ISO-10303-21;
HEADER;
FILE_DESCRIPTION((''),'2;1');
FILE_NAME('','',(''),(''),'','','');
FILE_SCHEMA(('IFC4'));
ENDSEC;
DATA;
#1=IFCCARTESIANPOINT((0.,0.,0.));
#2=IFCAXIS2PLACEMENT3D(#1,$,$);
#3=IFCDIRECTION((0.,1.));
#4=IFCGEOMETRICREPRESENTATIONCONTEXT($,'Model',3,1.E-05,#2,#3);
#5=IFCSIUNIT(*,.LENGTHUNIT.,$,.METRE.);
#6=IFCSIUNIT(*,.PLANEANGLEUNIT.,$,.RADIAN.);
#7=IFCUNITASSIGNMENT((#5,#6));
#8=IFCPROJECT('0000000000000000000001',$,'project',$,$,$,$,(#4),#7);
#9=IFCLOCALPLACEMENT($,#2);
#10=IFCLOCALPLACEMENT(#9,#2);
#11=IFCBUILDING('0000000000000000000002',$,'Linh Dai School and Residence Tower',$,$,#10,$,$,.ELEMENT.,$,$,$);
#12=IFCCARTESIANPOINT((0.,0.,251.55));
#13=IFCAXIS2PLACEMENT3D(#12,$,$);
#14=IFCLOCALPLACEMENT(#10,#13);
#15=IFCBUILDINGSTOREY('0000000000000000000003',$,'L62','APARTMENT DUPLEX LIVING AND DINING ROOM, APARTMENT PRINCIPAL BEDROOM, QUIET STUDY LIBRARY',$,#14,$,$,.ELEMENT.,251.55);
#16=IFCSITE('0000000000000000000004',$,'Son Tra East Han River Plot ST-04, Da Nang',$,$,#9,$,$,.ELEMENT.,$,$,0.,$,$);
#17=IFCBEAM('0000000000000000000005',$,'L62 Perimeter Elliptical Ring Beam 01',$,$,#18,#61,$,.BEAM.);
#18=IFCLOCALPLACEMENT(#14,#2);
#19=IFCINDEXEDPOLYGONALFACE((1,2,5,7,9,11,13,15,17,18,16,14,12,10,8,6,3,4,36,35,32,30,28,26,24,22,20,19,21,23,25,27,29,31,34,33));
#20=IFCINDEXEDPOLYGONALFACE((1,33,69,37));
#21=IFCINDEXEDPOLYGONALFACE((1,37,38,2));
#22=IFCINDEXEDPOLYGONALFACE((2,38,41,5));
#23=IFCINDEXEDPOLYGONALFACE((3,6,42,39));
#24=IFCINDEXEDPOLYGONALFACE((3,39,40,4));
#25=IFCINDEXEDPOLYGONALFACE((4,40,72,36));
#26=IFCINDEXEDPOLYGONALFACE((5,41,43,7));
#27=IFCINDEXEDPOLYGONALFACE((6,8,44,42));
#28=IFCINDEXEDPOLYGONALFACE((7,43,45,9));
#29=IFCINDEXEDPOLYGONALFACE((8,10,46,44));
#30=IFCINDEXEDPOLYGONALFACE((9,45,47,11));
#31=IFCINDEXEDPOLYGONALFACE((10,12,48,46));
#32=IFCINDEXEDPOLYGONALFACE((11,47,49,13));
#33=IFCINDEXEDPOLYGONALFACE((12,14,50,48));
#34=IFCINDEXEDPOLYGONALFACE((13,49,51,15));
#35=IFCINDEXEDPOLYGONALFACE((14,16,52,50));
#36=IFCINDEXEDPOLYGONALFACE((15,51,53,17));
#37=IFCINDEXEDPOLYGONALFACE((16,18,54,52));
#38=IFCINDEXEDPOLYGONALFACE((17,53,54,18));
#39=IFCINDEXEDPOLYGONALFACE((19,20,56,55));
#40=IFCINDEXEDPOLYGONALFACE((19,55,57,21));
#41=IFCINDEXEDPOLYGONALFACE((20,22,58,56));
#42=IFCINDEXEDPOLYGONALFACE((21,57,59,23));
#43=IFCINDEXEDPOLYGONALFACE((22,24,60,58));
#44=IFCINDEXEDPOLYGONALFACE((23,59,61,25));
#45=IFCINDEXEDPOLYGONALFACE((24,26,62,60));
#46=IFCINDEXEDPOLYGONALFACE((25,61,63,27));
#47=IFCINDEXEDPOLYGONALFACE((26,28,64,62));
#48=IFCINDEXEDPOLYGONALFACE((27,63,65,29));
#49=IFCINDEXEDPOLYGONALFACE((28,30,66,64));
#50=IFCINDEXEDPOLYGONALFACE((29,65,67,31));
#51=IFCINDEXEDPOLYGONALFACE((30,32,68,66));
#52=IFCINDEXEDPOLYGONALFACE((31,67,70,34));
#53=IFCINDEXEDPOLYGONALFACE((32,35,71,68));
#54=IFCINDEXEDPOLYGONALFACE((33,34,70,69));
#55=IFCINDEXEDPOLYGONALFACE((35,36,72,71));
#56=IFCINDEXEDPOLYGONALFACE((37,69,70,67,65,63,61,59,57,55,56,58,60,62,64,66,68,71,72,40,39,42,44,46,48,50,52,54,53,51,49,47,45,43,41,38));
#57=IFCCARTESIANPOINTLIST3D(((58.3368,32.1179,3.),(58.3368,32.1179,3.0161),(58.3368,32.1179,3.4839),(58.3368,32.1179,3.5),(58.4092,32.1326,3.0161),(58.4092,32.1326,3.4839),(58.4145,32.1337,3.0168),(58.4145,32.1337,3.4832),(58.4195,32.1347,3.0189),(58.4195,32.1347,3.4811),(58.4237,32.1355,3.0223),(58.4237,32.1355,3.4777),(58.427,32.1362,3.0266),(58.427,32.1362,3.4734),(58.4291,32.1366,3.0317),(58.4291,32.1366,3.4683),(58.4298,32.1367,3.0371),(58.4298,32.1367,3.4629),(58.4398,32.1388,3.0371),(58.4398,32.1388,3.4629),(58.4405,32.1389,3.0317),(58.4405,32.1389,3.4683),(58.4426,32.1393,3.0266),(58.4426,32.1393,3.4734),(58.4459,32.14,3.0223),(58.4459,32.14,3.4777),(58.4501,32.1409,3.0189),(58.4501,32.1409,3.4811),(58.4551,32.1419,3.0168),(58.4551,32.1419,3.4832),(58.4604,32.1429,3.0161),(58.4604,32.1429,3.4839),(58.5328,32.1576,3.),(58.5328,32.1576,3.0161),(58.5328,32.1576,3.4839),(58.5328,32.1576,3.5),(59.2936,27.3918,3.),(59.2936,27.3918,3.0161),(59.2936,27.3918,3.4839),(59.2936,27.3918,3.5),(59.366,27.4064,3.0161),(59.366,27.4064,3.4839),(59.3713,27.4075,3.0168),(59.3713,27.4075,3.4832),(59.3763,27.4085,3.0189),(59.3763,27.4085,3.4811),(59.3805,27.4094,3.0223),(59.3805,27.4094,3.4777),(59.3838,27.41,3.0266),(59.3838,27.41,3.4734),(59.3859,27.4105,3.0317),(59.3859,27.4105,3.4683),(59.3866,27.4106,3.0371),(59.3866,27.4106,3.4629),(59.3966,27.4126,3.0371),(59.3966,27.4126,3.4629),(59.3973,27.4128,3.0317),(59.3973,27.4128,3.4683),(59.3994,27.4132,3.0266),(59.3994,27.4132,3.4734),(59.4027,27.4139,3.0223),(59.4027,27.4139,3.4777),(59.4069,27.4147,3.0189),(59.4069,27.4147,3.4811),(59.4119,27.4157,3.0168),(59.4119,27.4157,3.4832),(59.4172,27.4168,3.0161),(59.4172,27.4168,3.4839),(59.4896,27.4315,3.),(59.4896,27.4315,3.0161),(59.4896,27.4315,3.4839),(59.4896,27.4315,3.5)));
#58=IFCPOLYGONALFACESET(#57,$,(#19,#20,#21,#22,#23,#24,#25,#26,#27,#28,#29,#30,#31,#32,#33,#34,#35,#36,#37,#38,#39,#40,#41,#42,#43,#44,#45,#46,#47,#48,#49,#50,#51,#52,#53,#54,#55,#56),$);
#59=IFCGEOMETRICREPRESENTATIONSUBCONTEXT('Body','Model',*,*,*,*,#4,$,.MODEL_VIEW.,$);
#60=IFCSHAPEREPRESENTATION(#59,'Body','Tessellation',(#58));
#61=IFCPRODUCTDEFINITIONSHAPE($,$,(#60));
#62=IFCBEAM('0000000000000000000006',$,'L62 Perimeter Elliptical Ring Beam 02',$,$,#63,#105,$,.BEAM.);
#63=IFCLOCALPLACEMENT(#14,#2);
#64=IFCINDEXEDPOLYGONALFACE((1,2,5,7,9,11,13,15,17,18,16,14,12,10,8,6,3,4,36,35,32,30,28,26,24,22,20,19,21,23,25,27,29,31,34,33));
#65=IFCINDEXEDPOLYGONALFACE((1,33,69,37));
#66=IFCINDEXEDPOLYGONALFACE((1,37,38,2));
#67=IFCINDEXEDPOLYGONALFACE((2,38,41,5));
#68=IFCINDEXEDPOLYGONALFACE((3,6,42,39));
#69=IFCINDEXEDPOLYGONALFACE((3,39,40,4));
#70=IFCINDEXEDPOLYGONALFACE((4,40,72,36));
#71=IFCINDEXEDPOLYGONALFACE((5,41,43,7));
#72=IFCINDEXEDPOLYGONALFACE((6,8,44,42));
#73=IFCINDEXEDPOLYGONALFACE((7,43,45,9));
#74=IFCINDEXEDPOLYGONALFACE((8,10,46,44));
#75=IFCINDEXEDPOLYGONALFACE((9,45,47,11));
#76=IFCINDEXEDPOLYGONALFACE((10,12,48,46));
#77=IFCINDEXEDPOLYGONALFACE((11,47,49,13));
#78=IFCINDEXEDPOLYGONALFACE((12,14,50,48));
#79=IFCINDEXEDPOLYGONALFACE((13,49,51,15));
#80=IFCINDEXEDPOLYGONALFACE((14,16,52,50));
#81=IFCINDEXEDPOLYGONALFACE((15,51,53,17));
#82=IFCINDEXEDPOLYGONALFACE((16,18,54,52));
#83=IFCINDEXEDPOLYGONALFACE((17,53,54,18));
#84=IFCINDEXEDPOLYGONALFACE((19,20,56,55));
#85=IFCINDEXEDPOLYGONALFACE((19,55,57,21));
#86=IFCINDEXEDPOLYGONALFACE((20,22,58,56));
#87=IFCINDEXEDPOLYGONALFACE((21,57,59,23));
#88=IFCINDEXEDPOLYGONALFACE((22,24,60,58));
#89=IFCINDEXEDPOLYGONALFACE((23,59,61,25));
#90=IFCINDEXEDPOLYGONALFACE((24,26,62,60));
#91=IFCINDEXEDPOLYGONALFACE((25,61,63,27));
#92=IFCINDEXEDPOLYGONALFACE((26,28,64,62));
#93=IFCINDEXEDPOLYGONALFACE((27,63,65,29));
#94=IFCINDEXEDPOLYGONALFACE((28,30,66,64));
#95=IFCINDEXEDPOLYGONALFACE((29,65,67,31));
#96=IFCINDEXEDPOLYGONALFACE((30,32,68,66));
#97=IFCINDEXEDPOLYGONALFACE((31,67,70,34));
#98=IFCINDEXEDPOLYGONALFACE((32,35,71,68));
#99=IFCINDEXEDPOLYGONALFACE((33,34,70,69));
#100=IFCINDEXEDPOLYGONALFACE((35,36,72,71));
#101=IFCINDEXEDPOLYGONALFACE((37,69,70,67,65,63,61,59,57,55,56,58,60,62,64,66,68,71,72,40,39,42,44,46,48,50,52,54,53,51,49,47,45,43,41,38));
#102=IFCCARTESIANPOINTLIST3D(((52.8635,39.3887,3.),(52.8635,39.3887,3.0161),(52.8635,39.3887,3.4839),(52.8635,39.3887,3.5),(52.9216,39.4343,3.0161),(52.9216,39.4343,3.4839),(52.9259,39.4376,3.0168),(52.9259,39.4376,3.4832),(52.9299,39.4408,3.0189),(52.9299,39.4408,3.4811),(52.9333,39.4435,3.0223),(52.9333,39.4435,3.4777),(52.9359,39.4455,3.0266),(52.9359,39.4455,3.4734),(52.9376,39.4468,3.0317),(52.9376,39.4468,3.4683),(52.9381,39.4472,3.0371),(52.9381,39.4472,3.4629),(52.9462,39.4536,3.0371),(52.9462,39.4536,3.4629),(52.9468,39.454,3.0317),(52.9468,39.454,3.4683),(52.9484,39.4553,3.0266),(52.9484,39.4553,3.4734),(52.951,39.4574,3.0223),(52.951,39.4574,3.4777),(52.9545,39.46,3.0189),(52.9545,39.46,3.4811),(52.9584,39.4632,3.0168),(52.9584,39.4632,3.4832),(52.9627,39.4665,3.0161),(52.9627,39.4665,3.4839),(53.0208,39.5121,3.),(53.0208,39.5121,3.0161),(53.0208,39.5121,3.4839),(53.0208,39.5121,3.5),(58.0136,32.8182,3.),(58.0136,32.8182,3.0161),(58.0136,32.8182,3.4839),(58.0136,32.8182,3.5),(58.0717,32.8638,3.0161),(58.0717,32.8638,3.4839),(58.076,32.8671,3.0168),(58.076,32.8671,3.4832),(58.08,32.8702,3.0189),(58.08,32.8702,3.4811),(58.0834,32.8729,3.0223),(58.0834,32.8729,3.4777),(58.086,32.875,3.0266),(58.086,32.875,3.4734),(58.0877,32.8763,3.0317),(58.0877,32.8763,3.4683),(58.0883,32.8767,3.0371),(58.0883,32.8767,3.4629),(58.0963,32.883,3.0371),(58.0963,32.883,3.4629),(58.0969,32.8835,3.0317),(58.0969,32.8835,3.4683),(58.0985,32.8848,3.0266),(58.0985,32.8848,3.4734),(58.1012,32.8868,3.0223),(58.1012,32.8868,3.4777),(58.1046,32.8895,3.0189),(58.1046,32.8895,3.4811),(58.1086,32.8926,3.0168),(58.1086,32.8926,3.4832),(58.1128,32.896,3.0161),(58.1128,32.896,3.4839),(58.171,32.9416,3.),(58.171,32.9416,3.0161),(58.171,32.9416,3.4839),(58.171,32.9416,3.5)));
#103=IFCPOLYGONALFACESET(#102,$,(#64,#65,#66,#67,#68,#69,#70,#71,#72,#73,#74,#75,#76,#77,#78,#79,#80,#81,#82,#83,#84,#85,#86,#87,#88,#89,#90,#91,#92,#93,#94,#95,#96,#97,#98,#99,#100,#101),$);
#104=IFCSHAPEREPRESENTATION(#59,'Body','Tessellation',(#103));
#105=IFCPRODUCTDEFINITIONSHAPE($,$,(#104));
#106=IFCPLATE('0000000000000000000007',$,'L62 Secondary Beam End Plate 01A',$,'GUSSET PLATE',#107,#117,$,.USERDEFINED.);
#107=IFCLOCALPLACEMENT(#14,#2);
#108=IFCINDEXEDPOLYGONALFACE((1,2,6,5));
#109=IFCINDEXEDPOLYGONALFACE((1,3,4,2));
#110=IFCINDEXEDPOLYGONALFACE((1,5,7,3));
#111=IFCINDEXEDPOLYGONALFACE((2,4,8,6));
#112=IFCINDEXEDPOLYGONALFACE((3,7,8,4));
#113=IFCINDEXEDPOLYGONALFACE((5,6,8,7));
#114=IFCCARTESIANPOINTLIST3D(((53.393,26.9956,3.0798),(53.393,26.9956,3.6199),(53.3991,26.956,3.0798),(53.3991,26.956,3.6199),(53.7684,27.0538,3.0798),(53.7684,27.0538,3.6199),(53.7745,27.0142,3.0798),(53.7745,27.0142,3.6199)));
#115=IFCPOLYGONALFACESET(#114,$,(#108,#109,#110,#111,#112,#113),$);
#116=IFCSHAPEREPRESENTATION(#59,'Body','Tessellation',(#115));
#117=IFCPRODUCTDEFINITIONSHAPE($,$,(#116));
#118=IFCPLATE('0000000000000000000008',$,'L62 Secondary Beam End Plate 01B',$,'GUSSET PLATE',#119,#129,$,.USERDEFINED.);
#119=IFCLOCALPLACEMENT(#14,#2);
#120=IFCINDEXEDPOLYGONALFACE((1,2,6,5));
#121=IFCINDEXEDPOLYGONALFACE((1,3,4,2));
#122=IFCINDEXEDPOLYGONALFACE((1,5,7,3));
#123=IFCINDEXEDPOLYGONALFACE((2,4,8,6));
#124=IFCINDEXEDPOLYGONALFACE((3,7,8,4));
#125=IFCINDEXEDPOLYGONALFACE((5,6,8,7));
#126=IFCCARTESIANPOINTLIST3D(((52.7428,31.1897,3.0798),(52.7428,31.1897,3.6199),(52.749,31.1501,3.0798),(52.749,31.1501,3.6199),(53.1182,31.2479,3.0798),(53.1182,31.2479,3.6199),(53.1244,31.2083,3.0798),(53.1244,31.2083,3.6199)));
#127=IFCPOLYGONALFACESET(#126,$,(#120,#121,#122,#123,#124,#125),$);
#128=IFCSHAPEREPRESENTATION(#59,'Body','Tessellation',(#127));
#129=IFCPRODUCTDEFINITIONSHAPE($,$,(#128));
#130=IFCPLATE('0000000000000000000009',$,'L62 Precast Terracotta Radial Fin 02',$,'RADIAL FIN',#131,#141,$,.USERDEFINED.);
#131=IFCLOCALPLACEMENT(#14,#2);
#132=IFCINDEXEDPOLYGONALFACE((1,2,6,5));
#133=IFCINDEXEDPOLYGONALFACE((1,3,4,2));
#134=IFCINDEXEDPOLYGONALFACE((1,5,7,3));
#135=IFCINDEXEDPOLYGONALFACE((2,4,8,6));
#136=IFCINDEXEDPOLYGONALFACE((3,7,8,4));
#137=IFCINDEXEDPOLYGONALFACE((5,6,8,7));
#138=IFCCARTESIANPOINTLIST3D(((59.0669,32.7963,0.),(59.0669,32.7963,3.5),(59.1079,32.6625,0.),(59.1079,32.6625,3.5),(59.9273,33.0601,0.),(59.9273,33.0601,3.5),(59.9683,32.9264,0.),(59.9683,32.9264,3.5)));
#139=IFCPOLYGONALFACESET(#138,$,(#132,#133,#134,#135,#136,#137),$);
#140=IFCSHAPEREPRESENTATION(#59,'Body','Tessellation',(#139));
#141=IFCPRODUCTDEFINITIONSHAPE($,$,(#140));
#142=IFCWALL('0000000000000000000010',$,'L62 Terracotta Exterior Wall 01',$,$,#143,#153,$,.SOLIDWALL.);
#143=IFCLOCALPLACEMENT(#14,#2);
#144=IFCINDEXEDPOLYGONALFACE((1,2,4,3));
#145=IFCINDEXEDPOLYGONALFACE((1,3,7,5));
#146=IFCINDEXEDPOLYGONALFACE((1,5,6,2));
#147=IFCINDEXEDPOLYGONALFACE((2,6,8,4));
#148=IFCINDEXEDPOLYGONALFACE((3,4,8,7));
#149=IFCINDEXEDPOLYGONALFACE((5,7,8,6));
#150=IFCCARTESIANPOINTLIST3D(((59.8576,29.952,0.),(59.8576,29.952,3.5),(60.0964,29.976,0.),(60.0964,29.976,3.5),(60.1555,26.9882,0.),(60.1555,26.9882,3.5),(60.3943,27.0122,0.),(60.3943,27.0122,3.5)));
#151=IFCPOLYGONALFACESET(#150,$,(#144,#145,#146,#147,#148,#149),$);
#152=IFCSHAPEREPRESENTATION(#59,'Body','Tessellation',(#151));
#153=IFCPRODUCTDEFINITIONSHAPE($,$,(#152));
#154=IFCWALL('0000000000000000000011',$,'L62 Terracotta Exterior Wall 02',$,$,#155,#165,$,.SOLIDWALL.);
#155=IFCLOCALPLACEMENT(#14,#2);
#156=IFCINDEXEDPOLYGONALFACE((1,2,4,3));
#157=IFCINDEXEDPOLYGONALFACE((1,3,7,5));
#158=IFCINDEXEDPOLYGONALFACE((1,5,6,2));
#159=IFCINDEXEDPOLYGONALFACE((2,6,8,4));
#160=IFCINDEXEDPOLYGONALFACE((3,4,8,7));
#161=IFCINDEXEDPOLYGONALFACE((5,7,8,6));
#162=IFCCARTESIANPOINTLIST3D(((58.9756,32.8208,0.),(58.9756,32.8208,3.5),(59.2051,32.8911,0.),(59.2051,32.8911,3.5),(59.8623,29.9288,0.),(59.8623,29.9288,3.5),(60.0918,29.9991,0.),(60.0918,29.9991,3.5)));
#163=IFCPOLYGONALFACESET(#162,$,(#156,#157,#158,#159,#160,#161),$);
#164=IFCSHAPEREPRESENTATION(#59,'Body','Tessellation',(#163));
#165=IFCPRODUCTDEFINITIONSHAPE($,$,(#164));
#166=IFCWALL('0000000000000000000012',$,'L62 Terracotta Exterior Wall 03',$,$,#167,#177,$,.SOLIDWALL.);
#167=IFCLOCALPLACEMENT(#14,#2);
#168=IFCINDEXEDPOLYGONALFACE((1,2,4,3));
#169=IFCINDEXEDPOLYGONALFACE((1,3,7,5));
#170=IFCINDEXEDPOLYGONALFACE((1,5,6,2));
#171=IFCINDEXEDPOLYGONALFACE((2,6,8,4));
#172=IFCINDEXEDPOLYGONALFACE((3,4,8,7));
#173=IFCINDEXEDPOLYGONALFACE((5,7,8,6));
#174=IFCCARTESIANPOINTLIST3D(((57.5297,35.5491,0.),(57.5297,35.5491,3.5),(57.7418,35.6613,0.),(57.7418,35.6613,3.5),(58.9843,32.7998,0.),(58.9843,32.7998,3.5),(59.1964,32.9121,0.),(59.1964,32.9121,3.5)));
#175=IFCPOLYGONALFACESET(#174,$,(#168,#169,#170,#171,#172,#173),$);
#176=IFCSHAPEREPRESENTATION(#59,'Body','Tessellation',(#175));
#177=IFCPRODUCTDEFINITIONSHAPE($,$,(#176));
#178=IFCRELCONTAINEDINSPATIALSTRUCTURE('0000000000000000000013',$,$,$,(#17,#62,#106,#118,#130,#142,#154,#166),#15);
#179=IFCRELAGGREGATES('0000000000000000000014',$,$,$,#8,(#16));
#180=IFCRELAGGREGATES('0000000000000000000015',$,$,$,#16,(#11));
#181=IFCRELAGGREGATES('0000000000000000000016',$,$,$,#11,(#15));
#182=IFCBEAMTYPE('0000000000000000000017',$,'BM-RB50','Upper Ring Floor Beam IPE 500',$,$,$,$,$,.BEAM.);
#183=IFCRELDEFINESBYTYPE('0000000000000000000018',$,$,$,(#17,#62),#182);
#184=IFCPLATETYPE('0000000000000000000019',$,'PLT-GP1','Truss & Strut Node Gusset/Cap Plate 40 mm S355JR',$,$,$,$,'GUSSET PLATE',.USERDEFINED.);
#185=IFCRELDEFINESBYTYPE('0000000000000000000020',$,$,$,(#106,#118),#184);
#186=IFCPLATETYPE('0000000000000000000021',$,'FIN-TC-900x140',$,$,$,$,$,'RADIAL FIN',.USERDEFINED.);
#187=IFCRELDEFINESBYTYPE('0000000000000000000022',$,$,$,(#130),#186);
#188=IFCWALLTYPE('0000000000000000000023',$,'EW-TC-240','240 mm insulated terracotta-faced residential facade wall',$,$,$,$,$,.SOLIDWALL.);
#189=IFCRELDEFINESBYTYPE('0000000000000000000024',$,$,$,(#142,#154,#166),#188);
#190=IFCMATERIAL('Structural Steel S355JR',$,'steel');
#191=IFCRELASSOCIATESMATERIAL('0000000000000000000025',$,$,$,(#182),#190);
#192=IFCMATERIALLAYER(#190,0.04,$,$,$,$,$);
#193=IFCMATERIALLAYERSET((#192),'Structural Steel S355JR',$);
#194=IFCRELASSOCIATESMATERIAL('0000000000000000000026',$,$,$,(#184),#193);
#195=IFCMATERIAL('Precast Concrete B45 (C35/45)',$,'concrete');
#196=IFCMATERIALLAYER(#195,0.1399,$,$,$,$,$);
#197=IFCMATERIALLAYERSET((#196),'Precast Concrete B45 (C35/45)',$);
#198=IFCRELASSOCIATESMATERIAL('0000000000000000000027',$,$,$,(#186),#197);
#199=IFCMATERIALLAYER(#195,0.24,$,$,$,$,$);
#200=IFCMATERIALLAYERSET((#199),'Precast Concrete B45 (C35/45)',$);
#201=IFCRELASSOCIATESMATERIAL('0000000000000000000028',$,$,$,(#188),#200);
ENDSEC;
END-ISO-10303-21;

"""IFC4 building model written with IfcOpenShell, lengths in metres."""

from ifc_helpers import new_model, si_unit, direction, frame, frame_2d, origin, origin_2d, place, context, subcontext, project, spatial, rectangle, i_section, extrude, source, transform, mapped, material, layer, layer_set, material_profile, profile_set, type_object, element, save


model = new_model("IFC4")

# Units and contexts
model_context = context("Model", 3, precision=1e-05, world=origin(), true_north=direction((0.0, 1.0)))
body_context = subcontext(model_context, "Body", "Model", "MODEL_VIEW")
ifc_project = project(units=[si_unit("LENGTHUNIT", "METRE"), si_unit("PLANEANGLEUNIT", "RADIAN")], contexts=[model_context])

# Site, building, storey
site_placement = place(None, origin())
site = spatial("IfcSite", under=ifc_project, at=site_placement, Name="Son Tra East Han River Plot ST-04, Da Nang", CompositionType="ELEMENT", RefElevation=0.0)
building_placement = place(site_placement, origin())
building = spatial("IfcBuilding", under=site, at=building_placement, Name="Linh Dai School and Residence Tower", CompositionType="ELEMENT")
storey_placement = place(building_placement, frame((0.0, 0.0, 251.55)))
storey = spatial("IfcBuildingStorey", under=building, at=storey_placement, Name="L62", Description="APARTMENT DUPLEX LIVING AND DINING ROOM, APARTMENT PRINCIPAL BEDROOM, QUIET STUDY LIBRARY", CompositionType="ELEMENT", Elevation=251.55)

# Shared definitions
ifc_material_1 = material(Name="Structural Steel S355JR", Category="steel")

# Beams
ifc_material_profile_1 = material_profile(ifc_material_1, i_section(OverallWidth=0.2, OverallDepth=0.5, WebThickness=0.0103, FlangeThickness=0.0161, FilletRadius=0.021, at=origin_2d()), Name="IPE 500")
ifc_profile_set_1 = profile_set([ifc_material_profile_1], Name="Structural Steel S355JR")
beam_type_1 = type_object("IfcBeamType", Name="BM-RB50", Description="Upper Ring Floor Beam IPE 500", PredefinedType="BEAM", material=ifc_profile_set_1)
beam_1_placement = place(storey_placement, frame((59.3916, 27.4116, 3.25), z_axis=(-0.198423, 0.980116, 0.0), x_axis=(-0.980116, -0.198423, 0.0)))
element("IfcBeam", 1, at=beam_1_placement, inside=storey, type_object=beam_type_1, Name="L62 Perimeter Elliptical Ring Beam 01", PredefinedType="BEAM", context=body_context, shape_type="SweptSolid", body=[
    extrude(i_section(OverallWidth=0.2, OverallDepth=0.5, WebThickness=0.0103, FlangeThickness=0.0161, FilletRadius=0.021, at=origin_2d()), origin(), (0.0, 0.0, 1.0), 4.822),
])
beam_2_placement = place(storey_placement, frame((58.0923, 32.8799, 3.25), z_axis=(-0.6169, 0.787041, 0.0), x_axis=(-0.787041, -0.6169, 0.0)))
element("IfcBeam", 2, at=beam_2_placement, inside=storey, type_object=beam_type_1, Name="L62 Perimeter Elliptical Ring Beam 02", PredefinedType="BEAM", context=body_context, shape_type="SweptSolid", body=[
    extrude(i_section(OverallWidth=0.2, OverallDepth=0.5, WebThickness=0.0103, FlangeThickness=0.0161, FilletRadius=0.021, at=origin_2d()), origin(), (0.0, 0.0, 1.0), 8.3484),
])

# Plates
ifc_layer_1 = layer(ifc_material_1, 0.04)
ifc_layer_set_1 = layer_set([ifc_layer_1], Name="Structural Steel S355JR")
plate_type_1 = type_object("IfcPlateType", Name="PLT-GP1", Description="Truss & Strut Node Gusset/Cap Plate 40 mm S355JR", ElementType="GUSSET PLATE", PredefinedType="USERDEFINED", material=ifc_layer_set_1)
shared_shape_1 = source(origin(), body_context, "Body", "SweptSolid", [
    extrude(rectangle(XDim=0.04, YDim=0.3799, at=origin_2d()), origin(), (0.0, 0.0, 1.0), 0.54),
])
for number, where, z_axis, x_axis, name in (
    (3, (53.5837, 27.0049, 3.0798), (0.0, 0.0, 1.0), (-0.153186, 0.988197, 0.0), "L62 Secondary Beam End Plate 01A"),
    (4, (52.9336, 31.199, 3.0798), (0.0, 0.0, 1.0), (-0.153186, 0.988197, 0.0), "L62 Secondary Beam End Plate 01B"),
):
    element("IfcPlate", number, at=place(storey_placement, frame(where, z_axis=z_axis, x_axis=x_axis)), inside=storey, type_object=plate_type_1, Name=name, ObjectType="GUSSET PLATE", PredefinedType="USERDEFINED", context=body_context, shape_type="MappedRepresentation", body=[
        mapped(shared_shape_1, transform((0.0, 0.0, 0.0), x_axis=(1.0, 0.0, 0.0), y_axis=(0.0, 1.0, 0.0), z_axis=(0.0, 0.0, 1.0), scale=1.0)),
    ])
ifc_material_2 = material(Name="Precast Concrete B45 (C35/45)", Category="concrete")
ifc_layer_2 = layer(ifc_material_2, 0.1399)
ifc_layer_set_2 = layer_set([ifc_layer_2], Name="Precast Concrete B45 (C35/45)")
plate_type_2 = type_object("IfcPlateType", Name="FIN-TC-900x140", ElementType="RADIAL FIN", PredefinedType="USERDEFINED", material=ifc_layer_set_2)
shared_shape_2 = source(origin(), body_context, "Body", "SweptSolid", [
    extrude(rectangle(XDim=0.8999, YDim=0.1399, at=origin_2d()), origin(), (0.0, 0.0, 1.0), 3.5),
])
plate_placement = place(storey_placement, frame((59.5176, 32.8613, 0.0), z_axis=(0.0, 0.0, 1.0), x_axis=(0.956064, 0.293157, 0.0)))
element("IfcPlate", 5, at=plate_placement, inside=storey, type_object=plate_type_2, Name="L62 Precast Terracotta Radial Fin 02", ObjectType="RADIAL FIN", PredefinedType="USERDEFINED", context=body_context, shape_type="MappedRepresentation", body=[
    mapped(shared_shape_2, transform((0.0, 0.0, 0.0), x_axis=(1.0, 0.0, 0.0), y_axis=(0.0, 1.0, 0.0), z_axis=(0.0, 0.0, 1.0), scale=1.0)),
])

# Walls
ifc_layer_3 = layer(ifc_material_2, 0.24)
ifc_layer_set_3 = layer_set([ifc_layer_3], Name="Precast Concrete B45 (C35/45)")
wall_type_1 = type_object("IfcWallType", Name="EW-TC-240", Description="240 mm insulated terracotta-faced residential facade wall", PredefinedType="SOLIDWALL", material=ifc_layer_set_3)
wall_1_placement = place(storey_placement, frame((59.9771, 29.9639, 0.0), z_axis=(0.0, 0.0, 1.0), x_axis=(0.099991, -0.994988, 0.0)))
element("IfcWall", 6, at=wall_1_placement, inside=storey, type_object=wall_type_1, Name="L62 Terracotta Exterior Wall 01", PredefinedType="SOLIDWALL", context=body_context, shape_type="SweptSolid", body=[
    extrude(rectangle(XDim=2.9788, YDim=0.24, at=frame_2d((1.4893, 0.0))), origin(), (0.0, 0.0, 1.0), 3.5),
])
wall_2_placement = place(storey_placement, frame((59.0903, 32.856, 0.0), z_axis=(0.0, 0.0, 1.0), x_axis=(0.293133, -0.956072, 0.0)))
element("IfcWall", 7, at=wall_2_placement, inside=storey, type_object=wall_type_1, Name="L62 Terracotta Exterior Wall 02", PredefinedType="SOLIDWALL", context=body_context, shape_type="SweptSolid", body=[
    extrude(rectangle(XDim=3.0249, YDim=0.24, at=frame_2d((1.5125, 0.0))), origin(), (0.0, 0.0, 1.0), 3.5),
])
wall_3_placement = place(storey_placement, frame((57.6357, 35.6052, 0.0), z_axis=(0.0, 0.0, 1.0), x_axis=(0.46766, -0.883908, 0.0)))
element("IfcWall", 8, at=wall_3_placement, inside=storey, type_object=wall_type_1, Name="L62 Terracotta Exterior Wall 03", PredefinedType="SOLIDWALL", context=body_context, shape_type="SweptSolid", body=[
    extrude(rectangle(XDim=3.1104, YDim=0.24, at=frame_2d((1.5552, 0.0))), origin(), (0.0, 0.0, 1.0), 3.5),
])

save(model, "model.ifc")
